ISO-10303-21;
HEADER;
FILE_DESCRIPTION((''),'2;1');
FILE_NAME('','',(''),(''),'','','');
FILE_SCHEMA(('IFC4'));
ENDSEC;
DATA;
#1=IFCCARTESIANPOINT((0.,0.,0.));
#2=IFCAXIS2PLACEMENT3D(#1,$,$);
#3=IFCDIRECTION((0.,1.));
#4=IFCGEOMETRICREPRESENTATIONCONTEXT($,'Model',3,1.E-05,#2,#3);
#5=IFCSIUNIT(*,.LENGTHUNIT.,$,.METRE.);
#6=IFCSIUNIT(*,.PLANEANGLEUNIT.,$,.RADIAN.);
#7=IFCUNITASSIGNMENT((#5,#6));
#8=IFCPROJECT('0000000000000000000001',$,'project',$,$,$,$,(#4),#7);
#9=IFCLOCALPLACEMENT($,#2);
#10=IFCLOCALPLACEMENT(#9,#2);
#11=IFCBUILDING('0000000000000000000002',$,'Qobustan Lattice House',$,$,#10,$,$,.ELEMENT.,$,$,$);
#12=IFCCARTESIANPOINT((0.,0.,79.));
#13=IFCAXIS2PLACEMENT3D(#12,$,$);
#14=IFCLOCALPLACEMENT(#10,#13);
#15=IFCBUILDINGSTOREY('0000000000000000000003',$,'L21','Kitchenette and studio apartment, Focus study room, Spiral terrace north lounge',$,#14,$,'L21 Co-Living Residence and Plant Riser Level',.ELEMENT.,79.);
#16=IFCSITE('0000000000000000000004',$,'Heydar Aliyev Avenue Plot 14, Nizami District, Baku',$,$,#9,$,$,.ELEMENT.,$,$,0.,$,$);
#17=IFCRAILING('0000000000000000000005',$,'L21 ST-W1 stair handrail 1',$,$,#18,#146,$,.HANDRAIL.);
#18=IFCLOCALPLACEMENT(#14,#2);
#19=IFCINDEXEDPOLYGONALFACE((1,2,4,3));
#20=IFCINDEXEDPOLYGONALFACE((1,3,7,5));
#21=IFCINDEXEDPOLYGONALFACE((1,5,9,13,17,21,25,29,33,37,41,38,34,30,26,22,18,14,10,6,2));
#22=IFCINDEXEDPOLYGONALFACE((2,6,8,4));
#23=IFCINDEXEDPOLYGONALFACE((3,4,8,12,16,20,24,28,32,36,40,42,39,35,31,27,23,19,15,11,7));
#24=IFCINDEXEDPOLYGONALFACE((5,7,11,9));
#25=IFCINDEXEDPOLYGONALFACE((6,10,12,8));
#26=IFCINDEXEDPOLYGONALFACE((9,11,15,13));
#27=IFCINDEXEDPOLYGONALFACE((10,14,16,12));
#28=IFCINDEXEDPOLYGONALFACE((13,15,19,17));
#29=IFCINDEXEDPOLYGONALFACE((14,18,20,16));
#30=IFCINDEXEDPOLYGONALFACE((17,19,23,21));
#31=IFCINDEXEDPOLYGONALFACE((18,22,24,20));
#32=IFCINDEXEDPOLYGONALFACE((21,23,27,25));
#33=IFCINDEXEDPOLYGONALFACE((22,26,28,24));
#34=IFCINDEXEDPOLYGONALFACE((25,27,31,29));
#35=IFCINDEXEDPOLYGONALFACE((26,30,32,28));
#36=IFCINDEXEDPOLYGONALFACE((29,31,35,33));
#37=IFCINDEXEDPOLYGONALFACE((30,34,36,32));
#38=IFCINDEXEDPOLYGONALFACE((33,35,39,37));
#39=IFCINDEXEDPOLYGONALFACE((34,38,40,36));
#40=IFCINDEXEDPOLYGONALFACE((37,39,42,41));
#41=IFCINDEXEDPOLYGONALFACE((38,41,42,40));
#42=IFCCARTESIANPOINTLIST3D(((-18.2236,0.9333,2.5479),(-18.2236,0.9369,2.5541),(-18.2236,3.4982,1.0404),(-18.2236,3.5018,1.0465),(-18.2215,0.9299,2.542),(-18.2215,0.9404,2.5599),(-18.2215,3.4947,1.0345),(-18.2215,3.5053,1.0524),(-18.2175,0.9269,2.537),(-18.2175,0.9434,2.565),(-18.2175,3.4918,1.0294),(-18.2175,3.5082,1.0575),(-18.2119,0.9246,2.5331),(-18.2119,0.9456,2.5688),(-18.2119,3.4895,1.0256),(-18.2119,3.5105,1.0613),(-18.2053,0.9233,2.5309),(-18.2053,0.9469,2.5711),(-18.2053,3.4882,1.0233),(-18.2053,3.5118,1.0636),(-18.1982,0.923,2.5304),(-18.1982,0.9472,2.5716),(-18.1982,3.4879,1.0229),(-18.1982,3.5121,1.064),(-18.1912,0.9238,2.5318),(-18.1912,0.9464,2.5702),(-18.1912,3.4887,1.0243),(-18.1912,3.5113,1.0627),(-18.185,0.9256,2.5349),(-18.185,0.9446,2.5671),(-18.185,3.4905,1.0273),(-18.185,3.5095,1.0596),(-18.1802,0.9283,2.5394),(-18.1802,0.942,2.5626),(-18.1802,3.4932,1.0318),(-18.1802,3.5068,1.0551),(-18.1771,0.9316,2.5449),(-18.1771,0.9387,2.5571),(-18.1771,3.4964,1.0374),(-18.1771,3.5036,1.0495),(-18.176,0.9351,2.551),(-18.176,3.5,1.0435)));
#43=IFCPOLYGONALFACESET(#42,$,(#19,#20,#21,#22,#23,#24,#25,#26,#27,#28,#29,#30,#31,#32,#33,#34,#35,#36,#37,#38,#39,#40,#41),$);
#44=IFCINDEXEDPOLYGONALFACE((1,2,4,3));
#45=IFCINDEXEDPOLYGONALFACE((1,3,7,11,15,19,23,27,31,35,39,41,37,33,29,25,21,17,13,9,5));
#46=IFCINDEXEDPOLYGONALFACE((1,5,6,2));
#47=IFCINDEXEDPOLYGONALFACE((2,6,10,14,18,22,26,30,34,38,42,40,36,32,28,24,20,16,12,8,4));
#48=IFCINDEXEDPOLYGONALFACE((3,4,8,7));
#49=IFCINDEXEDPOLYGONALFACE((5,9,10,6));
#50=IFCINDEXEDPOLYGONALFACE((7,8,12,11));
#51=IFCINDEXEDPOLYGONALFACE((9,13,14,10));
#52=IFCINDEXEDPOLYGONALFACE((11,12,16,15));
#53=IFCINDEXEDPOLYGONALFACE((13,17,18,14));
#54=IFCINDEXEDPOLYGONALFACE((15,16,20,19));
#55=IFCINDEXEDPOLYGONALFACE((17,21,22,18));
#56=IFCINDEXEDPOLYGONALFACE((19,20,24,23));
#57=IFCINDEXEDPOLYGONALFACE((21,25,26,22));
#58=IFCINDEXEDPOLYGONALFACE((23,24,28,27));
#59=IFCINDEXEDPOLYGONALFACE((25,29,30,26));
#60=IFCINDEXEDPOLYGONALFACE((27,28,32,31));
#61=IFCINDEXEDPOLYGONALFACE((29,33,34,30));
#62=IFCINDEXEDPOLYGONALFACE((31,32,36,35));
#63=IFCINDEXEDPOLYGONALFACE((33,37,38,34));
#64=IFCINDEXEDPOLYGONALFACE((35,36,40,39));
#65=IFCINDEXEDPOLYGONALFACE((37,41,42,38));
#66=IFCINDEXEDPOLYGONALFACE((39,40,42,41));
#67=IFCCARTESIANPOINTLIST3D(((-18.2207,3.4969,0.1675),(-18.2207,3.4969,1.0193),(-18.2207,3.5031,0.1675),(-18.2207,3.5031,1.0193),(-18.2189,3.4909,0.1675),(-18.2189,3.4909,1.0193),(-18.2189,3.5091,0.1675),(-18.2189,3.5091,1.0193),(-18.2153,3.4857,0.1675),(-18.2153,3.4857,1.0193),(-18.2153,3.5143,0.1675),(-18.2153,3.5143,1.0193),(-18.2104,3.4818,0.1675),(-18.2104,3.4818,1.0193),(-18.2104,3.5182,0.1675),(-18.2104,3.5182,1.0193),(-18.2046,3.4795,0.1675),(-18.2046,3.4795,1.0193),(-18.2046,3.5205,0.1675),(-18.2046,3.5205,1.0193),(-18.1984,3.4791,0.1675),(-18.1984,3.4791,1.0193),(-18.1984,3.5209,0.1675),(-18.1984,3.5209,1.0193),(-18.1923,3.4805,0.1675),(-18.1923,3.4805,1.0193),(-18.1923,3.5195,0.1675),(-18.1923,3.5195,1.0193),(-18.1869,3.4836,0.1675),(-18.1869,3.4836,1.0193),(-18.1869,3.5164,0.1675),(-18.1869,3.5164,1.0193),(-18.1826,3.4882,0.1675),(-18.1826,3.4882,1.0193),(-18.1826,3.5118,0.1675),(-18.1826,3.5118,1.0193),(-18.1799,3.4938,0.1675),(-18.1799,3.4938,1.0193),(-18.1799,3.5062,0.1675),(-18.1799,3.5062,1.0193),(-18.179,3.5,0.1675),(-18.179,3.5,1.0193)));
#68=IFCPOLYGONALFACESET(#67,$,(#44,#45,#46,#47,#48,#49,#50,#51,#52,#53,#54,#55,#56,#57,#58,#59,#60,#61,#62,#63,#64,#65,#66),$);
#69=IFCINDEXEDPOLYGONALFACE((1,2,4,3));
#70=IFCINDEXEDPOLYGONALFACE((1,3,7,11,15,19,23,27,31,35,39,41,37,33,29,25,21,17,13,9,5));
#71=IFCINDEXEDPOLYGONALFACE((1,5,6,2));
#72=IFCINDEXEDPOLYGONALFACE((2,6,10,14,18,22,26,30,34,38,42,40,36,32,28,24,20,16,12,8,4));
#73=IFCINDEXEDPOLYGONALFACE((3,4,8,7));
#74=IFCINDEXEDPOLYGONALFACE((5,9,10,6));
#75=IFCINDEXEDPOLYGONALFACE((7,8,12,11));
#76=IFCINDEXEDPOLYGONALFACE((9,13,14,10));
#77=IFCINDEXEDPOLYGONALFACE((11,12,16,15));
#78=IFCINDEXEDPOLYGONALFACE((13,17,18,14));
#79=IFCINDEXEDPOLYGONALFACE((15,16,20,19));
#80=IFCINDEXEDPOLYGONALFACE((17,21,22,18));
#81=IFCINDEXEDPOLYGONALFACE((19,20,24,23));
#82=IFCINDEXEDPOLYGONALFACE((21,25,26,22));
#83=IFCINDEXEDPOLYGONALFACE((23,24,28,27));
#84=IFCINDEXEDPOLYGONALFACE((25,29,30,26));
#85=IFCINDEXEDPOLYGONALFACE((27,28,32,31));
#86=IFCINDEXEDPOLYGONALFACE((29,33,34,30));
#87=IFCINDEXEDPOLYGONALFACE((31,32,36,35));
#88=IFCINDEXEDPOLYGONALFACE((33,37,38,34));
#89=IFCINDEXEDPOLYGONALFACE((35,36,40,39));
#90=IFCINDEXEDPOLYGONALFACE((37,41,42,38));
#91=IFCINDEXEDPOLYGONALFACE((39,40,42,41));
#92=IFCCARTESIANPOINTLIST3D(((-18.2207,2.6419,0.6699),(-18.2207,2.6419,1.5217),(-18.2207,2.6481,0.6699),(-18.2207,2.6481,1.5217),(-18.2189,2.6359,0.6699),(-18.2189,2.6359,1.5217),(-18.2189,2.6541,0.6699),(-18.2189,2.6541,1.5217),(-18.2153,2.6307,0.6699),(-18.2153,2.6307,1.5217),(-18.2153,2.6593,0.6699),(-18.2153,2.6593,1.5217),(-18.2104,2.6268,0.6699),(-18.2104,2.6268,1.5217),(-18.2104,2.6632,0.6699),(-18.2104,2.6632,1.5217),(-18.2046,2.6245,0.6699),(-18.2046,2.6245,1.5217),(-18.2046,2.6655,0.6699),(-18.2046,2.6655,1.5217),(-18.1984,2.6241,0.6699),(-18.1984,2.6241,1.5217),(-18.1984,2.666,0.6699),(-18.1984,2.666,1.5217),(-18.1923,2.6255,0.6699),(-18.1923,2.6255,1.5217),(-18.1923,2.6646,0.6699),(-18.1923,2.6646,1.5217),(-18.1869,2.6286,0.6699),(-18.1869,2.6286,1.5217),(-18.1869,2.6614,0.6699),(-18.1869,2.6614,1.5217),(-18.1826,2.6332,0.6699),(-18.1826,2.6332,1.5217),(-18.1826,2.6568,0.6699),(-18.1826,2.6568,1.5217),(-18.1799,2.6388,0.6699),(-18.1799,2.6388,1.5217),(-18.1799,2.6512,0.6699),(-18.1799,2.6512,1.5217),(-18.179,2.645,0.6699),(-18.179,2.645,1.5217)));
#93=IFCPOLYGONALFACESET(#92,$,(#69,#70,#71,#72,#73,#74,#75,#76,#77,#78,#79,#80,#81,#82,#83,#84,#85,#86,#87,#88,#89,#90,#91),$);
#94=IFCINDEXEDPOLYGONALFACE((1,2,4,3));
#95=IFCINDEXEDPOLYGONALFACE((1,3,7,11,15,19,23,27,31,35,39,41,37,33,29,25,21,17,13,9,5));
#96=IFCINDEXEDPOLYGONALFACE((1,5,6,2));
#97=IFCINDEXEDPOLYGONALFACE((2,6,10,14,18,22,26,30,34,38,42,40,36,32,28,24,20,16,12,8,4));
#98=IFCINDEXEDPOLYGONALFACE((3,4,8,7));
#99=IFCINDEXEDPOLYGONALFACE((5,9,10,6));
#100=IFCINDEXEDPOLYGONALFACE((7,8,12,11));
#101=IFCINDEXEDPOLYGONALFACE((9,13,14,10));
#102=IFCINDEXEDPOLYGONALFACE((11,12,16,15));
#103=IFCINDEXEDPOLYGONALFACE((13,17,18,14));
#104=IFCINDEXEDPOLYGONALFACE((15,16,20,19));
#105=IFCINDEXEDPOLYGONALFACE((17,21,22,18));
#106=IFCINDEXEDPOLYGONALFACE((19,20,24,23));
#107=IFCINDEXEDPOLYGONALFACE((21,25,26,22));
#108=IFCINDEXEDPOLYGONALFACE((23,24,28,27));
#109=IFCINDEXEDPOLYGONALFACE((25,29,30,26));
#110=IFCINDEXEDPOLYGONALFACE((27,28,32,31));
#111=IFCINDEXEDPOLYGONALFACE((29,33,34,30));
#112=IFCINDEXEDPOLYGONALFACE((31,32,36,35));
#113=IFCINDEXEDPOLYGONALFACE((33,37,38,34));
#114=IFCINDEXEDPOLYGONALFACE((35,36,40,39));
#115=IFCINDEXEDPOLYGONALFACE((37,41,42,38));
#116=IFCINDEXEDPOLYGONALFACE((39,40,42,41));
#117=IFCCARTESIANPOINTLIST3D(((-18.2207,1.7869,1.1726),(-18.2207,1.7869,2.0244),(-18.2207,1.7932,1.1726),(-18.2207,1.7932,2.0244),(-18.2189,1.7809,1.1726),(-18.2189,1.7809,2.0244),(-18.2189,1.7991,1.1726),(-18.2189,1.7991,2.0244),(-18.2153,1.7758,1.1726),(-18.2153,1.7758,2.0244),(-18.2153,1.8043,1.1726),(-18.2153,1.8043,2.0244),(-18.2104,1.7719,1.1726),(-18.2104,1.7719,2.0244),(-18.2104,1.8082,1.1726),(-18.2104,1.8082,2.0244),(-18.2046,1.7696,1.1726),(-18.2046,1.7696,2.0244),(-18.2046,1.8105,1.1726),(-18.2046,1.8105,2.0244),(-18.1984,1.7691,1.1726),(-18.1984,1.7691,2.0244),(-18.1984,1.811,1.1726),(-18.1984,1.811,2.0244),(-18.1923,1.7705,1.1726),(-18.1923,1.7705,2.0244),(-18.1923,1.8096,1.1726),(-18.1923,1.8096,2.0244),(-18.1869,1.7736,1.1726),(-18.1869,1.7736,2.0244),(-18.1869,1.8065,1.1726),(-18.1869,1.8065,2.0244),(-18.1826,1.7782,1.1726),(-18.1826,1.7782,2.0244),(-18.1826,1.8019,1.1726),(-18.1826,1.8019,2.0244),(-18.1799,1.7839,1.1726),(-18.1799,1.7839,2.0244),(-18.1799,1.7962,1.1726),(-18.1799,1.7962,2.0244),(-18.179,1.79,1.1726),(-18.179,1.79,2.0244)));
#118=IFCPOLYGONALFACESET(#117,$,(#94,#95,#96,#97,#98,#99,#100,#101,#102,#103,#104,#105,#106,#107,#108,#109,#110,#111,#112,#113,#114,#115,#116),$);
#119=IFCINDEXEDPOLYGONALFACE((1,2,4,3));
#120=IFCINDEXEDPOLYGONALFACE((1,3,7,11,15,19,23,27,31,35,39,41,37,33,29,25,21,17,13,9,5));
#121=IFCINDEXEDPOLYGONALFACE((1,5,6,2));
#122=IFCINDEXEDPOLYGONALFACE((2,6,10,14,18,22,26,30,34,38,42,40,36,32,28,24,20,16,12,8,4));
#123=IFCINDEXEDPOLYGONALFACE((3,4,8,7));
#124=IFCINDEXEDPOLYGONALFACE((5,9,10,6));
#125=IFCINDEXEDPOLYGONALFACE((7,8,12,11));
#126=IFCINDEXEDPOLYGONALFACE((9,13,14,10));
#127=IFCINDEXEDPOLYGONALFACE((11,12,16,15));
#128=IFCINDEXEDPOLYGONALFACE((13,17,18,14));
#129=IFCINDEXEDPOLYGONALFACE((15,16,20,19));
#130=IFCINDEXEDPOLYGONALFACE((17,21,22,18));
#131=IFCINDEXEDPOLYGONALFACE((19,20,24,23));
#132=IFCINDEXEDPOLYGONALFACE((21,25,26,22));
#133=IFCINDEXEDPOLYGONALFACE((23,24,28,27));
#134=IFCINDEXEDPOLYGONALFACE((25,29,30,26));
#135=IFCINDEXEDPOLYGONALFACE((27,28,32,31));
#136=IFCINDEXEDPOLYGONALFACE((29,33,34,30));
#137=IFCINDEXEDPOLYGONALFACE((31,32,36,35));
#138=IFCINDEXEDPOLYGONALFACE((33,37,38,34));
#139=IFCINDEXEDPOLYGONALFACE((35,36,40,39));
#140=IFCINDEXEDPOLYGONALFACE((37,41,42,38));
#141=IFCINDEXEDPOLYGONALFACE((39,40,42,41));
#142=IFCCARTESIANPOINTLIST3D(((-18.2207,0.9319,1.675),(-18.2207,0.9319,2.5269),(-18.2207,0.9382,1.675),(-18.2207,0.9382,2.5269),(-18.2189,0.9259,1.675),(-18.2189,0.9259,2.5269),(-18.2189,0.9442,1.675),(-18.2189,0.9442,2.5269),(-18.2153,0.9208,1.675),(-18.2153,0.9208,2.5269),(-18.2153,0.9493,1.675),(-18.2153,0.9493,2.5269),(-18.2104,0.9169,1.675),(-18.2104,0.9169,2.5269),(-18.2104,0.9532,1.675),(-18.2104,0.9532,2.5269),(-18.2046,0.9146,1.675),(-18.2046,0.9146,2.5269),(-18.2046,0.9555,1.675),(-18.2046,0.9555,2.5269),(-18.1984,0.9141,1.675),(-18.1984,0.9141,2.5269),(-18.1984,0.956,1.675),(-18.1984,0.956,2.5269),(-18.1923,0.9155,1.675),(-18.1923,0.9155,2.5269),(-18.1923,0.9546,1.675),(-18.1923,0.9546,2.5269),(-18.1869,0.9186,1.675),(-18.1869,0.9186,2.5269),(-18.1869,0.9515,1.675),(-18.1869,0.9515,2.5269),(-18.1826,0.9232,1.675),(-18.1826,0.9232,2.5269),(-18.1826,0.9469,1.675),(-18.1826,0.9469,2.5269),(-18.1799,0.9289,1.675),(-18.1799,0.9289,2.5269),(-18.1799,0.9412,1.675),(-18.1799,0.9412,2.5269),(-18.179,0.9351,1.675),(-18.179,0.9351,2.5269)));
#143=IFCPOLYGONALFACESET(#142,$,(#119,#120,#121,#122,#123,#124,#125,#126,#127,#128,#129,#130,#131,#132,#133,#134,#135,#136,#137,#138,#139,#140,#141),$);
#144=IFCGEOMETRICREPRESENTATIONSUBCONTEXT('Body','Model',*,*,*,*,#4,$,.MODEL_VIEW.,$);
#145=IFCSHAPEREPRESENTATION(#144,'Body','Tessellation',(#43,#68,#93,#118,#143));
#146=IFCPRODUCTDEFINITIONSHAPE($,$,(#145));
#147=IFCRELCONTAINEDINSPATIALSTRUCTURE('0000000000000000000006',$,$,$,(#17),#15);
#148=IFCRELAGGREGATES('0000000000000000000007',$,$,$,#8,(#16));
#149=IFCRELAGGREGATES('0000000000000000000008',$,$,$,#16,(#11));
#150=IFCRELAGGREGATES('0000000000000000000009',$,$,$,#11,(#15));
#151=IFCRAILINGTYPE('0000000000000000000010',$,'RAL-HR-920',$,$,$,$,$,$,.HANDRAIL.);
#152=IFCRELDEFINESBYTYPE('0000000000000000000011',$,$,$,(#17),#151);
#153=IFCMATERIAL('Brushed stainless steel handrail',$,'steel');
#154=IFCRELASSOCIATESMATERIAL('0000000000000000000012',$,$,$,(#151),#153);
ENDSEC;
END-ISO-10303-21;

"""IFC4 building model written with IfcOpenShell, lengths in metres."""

from ifc_helpers import new_model, si_unit, direction, frame, origin, origin_2d, place, context, subcontext, project, spatial, circle, extrude, material, type_object, element, save


model = new_model("IFC4")

# Units and contexts
model_context = context("Model", 3, precision=1e-05, world=origin(), true_north=direction((0.0, 1.0)))
body_context = subcontext(model_context, "Body", "Model", "MODEL_VIEW")
ifc_project = project(units=[si_unit("LENGTHUNIT", "METRE"), si_unit("PLANEANGLEUNIT", "RADIAN")], contexts=[model_context])

# Site, building, storey
site_placement = place(None, origin())
site = spatial("IfcSite", under=ifc_project, at=site_placement, Name="Heydar Aliyev Avenue Plot 14, Nizami District, Baku", CompositionType="ELEMENT", RefElevation=0.0)
building_placement = place(site_placement, origin())
building = spatial("IfcBuilding", under=site, at=building_placement, Name="Qobustan Lattice House", CompositionType="ELEMENT")
storey_placement = place(building_placement, frame((0.0, 0.0, 79.0)))
storey = spatial("IfcBuildingStorey", under=building, at=storey_placement, Name="L21", Description="Kitchenette and studio apartment, Focus study room, Spiral terrace north lounge", LongName="L21 Co-Living Residence and Plant Riser Level", CompositionType="ELEMENT", Elevation=79.0)

# Railing
ifc_material_1 = material(Name="Brushed stainless steel handrail", Category="steel")
railing_type_1 = type_object("IfcRailingType", Name="RAL-HR-920", PredefinedType="HANDRAIL", material=ifc_material_1)
railing_1_placement = place(storey_placement, frame((-18.2, 3.5, 0.1675)))
element("IfcRailing", 1, at=railing_1_placement, inside=storey, type_object=railing_type_1, Name="L21 ST-W1 stair handrail 1", PredefinedType="HANDRAIL", context=body_context, shape_type="SweptSolid", body=[
    extrude(circle(Radius=0.0239, at=origin_2d()), frame((0.0, 0.0, 0.876), z_axis=(0.0, -0.862113, 0.506715), x_axis=(1.0, 0.0, 0.0)), (0.0, 0.0, 1.0), 2.9751),
    extrude(circle(Radius=0.021, at=origin_2d()), origin(), (0.0, 0.0, 1.0), 0.8518),
    extrude(circle(Radius=0.021, at=origin_2d()), frame((0.0, -0.855, 0.5024)), (0.0, 0.0, 1.0), 0.8518),
    extrude(circle(Radius=0.021, at=origin_2d()), frame((0.0, -1.71, 1.0051)), (0.0, 0.0, 1.0), 0.8518),
    extrude(circle(Radius=0.021, at=origin_2d()), frame((0.0, -2.5649, 1.5076)), (0.0, 0.0, 1.0), 0.8518),
])

save(model, "model.ifc")
